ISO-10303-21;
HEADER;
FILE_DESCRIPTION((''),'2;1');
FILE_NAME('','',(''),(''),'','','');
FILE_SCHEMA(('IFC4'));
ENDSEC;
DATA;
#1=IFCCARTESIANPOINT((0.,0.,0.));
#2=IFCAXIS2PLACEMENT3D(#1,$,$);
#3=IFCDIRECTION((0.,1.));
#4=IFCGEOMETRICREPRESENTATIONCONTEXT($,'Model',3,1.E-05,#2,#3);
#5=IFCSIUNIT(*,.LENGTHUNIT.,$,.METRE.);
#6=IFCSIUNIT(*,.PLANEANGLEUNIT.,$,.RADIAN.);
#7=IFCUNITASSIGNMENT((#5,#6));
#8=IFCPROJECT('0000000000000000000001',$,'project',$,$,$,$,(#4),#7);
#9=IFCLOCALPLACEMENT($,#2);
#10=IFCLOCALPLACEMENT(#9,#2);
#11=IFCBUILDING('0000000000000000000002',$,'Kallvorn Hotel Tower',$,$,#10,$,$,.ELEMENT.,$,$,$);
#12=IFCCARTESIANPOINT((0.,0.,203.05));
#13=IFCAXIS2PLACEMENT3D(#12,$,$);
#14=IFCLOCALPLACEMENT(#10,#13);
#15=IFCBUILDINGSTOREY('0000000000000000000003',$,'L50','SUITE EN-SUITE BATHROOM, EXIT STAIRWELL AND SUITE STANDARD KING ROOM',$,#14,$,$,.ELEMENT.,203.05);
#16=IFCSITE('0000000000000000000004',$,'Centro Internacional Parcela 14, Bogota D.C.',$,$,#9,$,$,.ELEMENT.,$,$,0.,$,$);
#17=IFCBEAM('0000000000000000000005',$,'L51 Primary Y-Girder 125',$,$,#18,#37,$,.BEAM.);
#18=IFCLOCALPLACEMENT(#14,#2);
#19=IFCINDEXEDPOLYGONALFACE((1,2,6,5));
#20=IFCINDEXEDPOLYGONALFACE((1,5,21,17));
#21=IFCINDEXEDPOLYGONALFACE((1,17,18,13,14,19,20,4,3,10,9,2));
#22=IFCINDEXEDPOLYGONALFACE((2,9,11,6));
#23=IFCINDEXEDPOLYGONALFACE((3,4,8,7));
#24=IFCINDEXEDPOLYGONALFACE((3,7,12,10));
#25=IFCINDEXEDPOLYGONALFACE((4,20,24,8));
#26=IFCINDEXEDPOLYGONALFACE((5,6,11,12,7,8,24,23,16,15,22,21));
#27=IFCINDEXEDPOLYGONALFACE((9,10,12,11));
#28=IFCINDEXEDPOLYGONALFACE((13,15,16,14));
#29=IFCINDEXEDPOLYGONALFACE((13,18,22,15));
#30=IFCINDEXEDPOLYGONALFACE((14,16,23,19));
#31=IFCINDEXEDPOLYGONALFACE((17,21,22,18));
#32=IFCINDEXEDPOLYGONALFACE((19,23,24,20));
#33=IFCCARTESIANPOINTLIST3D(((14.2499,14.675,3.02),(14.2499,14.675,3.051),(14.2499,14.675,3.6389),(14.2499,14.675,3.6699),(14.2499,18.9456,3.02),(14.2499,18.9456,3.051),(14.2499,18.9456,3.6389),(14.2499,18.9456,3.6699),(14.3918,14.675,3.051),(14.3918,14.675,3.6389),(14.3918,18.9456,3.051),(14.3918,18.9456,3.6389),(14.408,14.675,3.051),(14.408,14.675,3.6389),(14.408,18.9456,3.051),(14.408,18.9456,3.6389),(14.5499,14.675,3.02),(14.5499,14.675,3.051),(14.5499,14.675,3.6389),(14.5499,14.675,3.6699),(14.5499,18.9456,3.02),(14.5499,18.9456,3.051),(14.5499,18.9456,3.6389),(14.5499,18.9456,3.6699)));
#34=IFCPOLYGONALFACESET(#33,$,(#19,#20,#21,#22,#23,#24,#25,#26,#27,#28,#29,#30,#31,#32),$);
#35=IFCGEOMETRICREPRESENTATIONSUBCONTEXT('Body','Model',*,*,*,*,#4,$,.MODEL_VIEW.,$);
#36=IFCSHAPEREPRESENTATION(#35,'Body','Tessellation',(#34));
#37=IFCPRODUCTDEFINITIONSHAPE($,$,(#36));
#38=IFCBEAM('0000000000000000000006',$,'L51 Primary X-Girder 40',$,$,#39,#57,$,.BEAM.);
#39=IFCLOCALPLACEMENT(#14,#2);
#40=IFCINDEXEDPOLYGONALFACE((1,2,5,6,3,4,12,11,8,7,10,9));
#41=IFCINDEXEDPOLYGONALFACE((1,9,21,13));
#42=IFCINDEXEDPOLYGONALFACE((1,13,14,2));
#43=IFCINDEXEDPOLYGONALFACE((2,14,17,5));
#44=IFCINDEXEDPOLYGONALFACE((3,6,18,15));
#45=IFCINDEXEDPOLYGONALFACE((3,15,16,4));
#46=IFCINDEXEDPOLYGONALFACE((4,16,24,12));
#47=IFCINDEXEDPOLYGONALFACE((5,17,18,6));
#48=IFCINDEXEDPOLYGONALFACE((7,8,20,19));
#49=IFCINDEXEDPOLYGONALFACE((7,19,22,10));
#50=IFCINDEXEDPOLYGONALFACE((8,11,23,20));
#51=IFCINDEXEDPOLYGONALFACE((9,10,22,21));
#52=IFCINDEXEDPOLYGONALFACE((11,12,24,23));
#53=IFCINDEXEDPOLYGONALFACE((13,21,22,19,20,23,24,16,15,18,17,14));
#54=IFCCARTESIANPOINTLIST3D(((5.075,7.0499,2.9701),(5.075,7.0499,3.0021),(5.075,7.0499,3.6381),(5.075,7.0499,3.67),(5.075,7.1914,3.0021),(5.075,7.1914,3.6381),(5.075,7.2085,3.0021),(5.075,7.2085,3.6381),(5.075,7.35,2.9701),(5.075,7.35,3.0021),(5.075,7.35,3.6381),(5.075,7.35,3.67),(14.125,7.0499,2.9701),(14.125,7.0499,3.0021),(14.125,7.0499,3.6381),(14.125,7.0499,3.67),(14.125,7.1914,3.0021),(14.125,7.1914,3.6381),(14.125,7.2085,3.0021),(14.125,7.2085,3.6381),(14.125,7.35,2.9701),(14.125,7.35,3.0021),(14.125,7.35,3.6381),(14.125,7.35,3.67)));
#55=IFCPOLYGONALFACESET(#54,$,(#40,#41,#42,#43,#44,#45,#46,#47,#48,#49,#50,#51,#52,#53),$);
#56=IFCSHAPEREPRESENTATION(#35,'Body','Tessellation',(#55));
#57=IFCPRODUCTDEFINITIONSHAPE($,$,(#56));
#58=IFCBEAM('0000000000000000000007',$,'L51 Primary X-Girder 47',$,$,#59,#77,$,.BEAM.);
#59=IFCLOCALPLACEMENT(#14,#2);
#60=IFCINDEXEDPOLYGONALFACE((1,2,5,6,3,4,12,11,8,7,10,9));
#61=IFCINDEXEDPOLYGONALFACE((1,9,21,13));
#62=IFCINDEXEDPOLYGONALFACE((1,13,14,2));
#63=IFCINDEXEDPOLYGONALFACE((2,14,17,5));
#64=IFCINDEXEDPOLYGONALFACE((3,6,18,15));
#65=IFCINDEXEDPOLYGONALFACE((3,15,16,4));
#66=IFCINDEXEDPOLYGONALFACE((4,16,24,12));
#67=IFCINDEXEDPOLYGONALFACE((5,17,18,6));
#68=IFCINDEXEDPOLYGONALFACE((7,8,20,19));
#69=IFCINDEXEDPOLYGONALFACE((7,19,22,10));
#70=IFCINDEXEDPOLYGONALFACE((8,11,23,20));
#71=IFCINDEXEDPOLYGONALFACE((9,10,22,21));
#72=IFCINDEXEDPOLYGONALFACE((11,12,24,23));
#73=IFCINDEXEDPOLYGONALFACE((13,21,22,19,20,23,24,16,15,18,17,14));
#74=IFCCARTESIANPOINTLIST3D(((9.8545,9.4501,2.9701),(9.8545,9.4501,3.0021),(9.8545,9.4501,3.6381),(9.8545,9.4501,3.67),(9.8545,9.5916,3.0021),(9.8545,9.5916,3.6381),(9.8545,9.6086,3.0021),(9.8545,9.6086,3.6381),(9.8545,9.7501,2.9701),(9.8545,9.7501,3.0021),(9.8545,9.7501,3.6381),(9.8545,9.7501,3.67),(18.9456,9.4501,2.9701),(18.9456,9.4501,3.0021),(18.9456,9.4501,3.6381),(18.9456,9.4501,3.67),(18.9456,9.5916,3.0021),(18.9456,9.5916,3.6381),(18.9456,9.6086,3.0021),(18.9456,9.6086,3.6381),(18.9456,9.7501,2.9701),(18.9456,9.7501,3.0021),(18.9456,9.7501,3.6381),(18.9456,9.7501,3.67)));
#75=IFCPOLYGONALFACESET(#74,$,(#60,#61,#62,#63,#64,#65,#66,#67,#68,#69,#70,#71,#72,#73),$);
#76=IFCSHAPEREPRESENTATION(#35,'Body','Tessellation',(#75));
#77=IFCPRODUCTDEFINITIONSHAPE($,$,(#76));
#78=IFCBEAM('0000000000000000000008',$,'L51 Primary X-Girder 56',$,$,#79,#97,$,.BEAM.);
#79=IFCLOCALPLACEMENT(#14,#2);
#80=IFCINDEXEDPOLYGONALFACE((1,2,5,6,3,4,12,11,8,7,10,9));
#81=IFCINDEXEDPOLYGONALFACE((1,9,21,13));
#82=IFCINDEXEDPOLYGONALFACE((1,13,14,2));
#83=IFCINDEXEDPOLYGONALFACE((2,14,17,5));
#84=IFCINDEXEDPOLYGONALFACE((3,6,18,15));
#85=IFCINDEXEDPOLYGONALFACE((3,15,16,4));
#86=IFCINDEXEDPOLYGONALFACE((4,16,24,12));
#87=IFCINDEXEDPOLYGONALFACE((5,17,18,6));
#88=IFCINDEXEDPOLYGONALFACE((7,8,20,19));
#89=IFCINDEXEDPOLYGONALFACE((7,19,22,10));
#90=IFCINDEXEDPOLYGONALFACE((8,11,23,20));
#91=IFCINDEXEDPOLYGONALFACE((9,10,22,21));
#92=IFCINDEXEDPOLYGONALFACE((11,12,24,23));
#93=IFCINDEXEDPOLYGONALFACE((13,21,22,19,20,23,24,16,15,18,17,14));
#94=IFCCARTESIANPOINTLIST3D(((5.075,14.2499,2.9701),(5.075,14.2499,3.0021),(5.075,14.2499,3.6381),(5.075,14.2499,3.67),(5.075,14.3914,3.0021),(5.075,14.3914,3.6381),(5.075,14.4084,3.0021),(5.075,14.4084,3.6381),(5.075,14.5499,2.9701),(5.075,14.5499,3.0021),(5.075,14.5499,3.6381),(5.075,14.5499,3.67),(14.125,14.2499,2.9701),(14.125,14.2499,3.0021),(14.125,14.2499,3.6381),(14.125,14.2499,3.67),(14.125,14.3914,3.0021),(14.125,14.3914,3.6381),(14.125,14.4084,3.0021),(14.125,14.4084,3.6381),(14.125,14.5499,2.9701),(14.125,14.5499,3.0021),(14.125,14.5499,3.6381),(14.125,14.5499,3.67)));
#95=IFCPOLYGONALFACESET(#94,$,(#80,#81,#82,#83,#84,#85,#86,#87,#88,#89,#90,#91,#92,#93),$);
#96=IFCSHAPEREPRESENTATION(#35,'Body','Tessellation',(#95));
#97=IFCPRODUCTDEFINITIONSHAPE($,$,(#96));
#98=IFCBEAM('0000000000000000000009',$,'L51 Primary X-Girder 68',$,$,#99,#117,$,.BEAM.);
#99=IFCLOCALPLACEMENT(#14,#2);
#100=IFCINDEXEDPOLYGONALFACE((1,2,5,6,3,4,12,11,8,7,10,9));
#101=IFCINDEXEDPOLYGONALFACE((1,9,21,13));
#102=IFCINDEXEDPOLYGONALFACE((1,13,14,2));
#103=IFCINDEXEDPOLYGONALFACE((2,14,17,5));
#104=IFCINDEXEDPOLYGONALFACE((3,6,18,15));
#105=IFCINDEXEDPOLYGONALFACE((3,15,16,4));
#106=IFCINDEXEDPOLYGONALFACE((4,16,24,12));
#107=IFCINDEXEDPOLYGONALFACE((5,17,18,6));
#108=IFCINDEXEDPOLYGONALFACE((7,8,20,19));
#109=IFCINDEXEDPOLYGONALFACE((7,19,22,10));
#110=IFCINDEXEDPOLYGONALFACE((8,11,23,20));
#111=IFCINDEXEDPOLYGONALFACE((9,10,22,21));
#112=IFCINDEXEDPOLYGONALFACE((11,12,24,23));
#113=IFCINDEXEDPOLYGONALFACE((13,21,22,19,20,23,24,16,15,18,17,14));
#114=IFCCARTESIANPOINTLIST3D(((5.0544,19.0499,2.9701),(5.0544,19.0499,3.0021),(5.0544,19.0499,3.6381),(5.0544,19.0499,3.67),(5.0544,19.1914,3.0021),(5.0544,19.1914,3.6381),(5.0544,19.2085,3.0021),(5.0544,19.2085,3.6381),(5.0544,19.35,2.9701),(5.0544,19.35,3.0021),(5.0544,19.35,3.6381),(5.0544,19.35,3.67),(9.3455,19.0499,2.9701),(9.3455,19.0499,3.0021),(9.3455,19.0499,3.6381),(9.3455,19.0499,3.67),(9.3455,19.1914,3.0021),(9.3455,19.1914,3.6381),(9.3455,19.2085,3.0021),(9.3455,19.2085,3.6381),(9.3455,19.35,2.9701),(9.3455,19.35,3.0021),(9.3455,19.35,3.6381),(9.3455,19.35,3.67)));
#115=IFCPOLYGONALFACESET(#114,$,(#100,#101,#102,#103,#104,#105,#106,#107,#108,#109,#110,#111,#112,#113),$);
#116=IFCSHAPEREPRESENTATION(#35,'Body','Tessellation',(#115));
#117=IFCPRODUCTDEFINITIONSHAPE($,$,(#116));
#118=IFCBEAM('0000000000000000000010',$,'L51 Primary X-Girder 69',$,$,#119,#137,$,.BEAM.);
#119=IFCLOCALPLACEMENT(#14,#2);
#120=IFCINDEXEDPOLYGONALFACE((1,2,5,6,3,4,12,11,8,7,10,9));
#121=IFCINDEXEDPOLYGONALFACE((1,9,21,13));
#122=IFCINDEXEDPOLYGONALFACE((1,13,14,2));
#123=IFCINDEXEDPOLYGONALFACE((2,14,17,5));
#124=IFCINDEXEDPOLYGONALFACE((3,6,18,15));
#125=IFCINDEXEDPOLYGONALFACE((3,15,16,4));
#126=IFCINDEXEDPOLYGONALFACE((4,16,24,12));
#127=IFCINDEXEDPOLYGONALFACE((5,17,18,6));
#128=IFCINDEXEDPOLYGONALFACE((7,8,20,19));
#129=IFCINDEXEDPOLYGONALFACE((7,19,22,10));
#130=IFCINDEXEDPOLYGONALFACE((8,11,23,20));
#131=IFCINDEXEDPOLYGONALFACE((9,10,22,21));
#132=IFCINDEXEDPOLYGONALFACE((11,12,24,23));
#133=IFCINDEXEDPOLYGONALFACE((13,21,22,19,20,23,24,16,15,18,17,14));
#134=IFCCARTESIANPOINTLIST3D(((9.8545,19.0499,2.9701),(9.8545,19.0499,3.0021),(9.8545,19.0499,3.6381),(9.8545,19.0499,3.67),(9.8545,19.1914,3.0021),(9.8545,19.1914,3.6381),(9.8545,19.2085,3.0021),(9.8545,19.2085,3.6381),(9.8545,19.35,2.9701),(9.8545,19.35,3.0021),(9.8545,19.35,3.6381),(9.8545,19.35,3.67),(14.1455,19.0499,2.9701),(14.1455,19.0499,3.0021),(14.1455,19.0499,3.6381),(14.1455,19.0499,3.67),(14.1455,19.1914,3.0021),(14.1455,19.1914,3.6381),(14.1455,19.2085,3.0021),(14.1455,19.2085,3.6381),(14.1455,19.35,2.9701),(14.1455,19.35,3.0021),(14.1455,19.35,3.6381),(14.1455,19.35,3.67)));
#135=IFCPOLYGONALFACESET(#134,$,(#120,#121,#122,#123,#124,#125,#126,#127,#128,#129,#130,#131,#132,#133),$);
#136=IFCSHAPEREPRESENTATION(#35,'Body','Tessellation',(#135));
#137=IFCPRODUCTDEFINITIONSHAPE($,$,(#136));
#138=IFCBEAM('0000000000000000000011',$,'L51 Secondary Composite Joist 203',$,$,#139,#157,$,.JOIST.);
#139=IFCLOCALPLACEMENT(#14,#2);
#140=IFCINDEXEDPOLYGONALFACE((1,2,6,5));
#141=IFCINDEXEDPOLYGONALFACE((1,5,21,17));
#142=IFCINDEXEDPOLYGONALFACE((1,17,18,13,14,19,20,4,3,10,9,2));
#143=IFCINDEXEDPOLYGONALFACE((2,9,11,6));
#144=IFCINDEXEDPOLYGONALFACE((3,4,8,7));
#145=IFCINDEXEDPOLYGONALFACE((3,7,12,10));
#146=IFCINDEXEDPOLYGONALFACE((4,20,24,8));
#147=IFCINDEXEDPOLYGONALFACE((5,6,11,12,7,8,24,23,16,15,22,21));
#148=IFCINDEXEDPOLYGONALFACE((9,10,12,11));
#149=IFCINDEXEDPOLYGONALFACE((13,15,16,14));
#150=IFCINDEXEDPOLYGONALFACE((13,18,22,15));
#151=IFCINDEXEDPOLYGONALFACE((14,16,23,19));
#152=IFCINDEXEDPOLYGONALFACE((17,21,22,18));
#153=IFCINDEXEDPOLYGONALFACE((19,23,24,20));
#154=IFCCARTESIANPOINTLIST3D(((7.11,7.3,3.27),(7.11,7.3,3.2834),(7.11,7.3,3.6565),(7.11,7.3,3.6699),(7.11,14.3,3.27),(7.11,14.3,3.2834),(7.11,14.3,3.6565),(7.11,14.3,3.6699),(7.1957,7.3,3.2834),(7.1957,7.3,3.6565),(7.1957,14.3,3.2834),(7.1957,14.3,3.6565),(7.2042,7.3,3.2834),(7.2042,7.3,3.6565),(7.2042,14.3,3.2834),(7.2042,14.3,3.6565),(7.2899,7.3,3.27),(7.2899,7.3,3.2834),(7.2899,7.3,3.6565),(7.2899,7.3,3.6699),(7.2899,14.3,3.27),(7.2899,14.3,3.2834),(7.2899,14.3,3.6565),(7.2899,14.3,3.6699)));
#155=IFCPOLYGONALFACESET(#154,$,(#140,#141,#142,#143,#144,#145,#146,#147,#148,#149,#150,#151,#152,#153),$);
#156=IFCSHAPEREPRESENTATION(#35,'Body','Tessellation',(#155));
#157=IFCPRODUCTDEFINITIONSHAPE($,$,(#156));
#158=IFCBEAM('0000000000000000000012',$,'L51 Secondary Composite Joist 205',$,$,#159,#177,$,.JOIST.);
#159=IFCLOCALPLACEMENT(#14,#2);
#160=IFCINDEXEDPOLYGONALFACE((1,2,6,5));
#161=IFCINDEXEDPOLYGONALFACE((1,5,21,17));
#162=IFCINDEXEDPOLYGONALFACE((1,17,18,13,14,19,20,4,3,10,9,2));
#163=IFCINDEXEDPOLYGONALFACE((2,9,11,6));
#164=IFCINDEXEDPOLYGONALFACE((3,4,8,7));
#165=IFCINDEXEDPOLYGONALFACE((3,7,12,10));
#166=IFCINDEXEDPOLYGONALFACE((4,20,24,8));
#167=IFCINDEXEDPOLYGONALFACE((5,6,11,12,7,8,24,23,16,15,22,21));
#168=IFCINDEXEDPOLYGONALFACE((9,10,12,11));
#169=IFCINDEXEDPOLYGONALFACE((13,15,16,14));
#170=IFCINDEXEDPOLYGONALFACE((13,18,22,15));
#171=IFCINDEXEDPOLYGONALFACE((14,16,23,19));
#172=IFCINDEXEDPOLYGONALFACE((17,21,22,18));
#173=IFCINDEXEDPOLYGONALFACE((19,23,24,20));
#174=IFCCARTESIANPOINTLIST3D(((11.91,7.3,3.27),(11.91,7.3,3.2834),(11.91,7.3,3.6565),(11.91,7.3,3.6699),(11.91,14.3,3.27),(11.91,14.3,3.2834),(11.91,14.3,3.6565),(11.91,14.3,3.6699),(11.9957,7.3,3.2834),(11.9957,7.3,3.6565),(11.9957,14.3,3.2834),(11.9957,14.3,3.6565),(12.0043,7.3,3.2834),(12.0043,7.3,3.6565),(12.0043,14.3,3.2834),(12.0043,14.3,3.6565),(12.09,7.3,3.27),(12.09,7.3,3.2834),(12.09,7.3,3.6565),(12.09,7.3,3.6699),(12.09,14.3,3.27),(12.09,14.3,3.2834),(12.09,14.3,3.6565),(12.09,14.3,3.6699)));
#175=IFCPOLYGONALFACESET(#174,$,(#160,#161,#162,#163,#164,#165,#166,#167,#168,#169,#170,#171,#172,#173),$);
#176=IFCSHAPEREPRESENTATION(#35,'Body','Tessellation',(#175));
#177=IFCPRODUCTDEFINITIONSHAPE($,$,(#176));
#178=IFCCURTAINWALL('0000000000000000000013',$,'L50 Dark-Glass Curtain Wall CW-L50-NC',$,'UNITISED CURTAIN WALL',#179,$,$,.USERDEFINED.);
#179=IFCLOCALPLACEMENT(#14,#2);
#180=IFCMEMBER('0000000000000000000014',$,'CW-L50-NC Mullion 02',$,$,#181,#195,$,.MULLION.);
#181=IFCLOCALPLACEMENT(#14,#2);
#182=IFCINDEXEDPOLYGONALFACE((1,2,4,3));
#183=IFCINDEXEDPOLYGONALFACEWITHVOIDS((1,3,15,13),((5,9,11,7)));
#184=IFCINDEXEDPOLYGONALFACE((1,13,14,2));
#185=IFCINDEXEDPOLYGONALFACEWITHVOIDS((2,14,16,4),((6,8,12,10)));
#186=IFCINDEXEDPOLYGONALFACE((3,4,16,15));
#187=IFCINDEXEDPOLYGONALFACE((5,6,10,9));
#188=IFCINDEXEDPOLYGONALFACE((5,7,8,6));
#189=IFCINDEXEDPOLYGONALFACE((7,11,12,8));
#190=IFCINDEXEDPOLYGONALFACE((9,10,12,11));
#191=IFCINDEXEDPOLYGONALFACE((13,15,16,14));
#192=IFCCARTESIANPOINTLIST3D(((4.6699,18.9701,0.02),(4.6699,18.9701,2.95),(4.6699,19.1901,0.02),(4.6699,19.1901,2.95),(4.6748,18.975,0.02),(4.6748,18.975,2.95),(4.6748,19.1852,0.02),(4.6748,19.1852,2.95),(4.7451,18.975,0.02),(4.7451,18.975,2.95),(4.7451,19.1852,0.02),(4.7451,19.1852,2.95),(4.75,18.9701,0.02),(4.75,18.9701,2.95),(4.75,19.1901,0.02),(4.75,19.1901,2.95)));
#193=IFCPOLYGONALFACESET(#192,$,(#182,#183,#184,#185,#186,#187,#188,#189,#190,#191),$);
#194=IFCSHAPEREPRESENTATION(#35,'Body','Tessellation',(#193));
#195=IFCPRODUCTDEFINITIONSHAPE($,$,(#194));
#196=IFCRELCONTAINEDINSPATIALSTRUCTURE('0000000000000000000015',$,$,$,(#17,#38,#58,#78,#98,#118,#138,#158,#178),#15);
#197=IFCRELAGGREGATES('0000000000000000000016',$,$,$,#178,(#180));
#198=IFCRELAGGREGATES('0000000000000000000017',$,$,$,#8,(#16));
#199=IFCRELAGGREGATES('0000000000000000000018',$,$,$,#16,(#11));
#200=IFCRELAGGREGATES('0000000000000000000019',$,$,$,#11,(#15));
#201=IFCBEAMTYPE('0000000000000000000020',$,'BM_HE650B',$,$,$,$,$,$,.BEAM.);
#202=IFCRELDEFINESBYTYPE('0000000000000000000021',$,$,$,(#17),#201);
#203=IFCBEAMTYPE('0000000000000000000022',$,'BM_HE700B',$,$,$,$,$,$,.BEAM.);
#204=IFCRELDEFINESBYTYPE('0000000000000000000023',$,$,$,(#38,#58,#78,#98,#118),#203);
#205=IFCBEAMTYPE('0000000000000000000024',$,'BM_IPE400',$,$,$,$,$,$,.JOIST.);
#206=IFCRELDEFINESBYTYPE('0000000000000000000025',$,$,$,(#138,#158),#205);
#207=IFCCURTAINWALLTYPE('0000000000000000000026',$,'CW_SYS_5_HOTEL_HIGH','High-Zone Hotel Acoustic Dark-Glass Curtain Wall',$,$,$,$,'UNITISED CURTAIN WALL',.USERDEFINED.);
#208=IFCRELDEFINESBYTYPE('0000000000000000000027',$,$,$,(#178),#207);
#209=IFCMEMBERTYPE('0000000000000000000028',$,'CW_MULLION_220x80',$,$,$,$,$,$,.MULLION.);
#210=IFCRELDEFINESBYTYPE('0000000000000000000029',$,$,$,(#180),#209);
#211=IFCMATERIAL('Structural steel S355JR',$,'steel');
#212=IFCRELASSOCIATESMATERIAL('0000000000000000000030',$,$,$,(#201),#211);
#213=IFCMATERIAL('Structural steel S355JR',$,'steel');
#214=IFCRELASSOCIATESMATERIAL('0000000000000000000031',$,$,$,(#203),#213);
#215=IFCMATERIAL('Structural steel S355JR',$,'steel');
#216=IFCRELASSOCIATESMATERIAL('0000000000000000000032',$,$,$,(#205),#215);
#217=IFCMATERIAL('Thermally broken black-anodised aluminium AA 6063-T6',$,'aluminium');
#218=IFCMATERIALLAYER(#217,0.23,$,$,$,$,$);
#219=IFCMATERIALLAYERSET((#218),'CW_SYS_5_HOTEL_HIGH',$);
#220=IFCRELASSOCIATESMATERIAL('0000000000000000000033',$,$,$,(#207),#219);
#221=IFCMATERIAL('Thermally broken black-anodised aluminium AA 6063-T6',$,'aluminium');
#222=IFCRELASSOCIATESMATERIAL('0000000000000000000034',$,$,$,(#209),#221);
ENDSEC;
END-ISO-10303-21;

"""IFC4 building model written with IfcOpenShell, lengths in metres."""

from ifc_helpers import new_model, si_unit, direction, frame, origin, origin_2d, place, context, subcontext, project, spatial, hollow_rectangle, i_section, extrude, material, layer, layer_set, material_profile, profile_set, type_object, element, aggregate, save


model = new_model("IFC4")

# Units and contexts
model_context = context("Model", 3, precision=1e-05, world=origin(), true_north=direction((0.0, 1.0)))
body_context = subcontext(model_context, "Body", "Model", "MODEL_VIEW")
ifc_project = project(units=[si_unit("LENGTHUNIT", "METRE"), si_unit("PLANEANGLEUNIT", "RADIAN")], contexts=[model_context])

# Site, building, storey
site_placement = place(None, origin())
site = spatial("IfcSite", under=ifc_project, at=site_placement, Name="Centro Internacional Parcela 14, Bogota D.C.", CompositionType="ELEMENT", RefElevation=0.0)
building_placement = place(site_placement, origin())
building = spatial("IfcBuilding", under=site, at=building_placement, Name="Kallvorn Hotel Tower", CompositionType="ELEMENT")
storey_placement = place(building_placement, frame((0.0, 0.0, 203.05)))
storey = spatial("IfcBuildingStorey", under=building, at=storey_placement, Name="L50", Description="SUITE EN-SUITE BATHROOM, EXIT STAIRWELL AND SUITE STANDARD KING ROOM", CompositionType="ELEMENT", Elevation=203.05)

# Beams
ifc_material_1 = material(Name="Structural steel S355JR", Category="steel")
ifc_material_profile_1 = material_profile(ifc_material_1, i_section(OverallWidth=0.3, OverallDepth=0.6499, WebThickness=0.0161, FlangeThickness=0.031, at=origin_2d()), Name="HE 650 B")
ifc_profile_set_1 = profile_set([ifc_material_profile_1], Name="Structural steel S355JR")
beam_type_1 = type_object("IfcBeamType", Name="BM_HE650B", PredefinedType="BEAM", material=ifc_profile_set_1)
beam_1_placement = place(storey_placement, frame((14.3999, 14.675, 3.345), z_axis=(0.0, 1.0, 0.0), x_axis=(-1.0, 0.0, 0.0)))
element("IfcBeam", 1, at=beam_1_placement, inside=storey, type_object=beam_type_1, Name="L51 Primary Y-Girder 125", PredefinedType="BEAM", context=body_context, shape_type="SweptSolid", body=[
    extrude(i_section(OverallWidth=0.3, OverallDepth=0.6499, WebThickness=0.0161, FlangeThickness=0.031, at=origin_2d()), origin(), (0.0, 0.0, 1.0), 4.2705),
])
ifc_material_2 = material(Name="Structural steel S355JR", Category="steel")
ifc_material_profile_2 = material_profile(ifc_material_2, i_section(OverallWidth=0.3, OverallDepth=0.7, WebThickness=0.0171, FlangeThickness=0.032, at=origin_2d()), Name="HE 700 B")
ifc_profile_set_2 = profile_set([ifc_material_profile_2], Name="Structural steel S355JR")
beam_type_2 = type_object("IfcBeamType", Name="BM_HE700B", PredefinedType="BEAM", material=ifc_profile_set_2)
beam_2_placement = place(storey_placement, frame((5.075, 7.2, 3.3201), z_axis=(1.0, 0.0, 0.0), x_axis=(0.0, 1.0, 0.0)))
element("IfcBeam", 2, at=beam_2_placement, inside=storey, type_object=beam_type_2, Name="L51 Primary X-Girder 40", PredefinedType="BEAM", context=body_context, shape_type="SweptSolid", body=[
    extrude(i_section(OverallWidth=0.3, OverallDepth=0.7, WebThickness=0.0171, FlangeThickness=0.032, at=origin_2d()), origin(), (0.0, 0.0, 1.0), 9.05),
])
beam_3_placement = place(storey_placement, frame((9.8545, 9.6001, 3.3201), z_axis=(1.0, 0.0, 0.0), x_axis=(0.0, 1.0, 0.0)))
element("IfcBeam", 3, at=beam_3_placement, inside=storey, type_object=beam_type_2, Name="L51 Primary X-Girder 47", PredefinedType="BEAM", context=body_context, shape_type="SweptSolid", body=[
    extrude(i_section(OverallWidth=0.3, OverallDepth=0.7, WebThickness=0.0171, FlangeThickness=0.032, at=origin_2d()), origin(), (0.0, 0.0, 1.0), 9.0911),
])
beam_4_placement = place(storey_placement, frame((5.075, 14.3999, 3.3201), z_axis=(1.0, 0.0, 0.0), x_axis=(0.0, 1.0, 0.0)))
element("IfcBeam", 4, at=beam_4_placement, inside=storey, type_object=beam_type_2, Name="L51 Primary X-Girder 56", PredefinedType="BEAM", context=body_context, shape_type="SweptSolid", body=[
    extrude(i_section(OverallWidth=0.3, OverallDepth=0.7, WebThickness=0.0171, FlangeThickness=0.032, at=origin_2d()), origin(), (0.0, 0.0, 1.0), 9.05),
])
for number, where, z_axis, x_axis, name in (
    (5, (5.0544, 19.2, 3.3201), (1.0, 0.0, 0.0), (0.0, 1.0, 0.0), "L51 Primary X-Girder 68"),
    (6, (9.8545, 19.2, 3.3201), (1.0, 0.0, 0.0), (0.0, 1.0, 0.0), "L51 Primary X-Girder 69"),
):
    element("IfcBeam", number, at=place(storey_placement, frame(where, z_axis=z_axis, x_axis=x_axis)), inside=storey, type_object=beam_type_2, Name=name, PredefinedType="BEAM", context=body_context, shape_type="SweptSolid", body=[
        extrude(i_section(OverallWidth=0.3, OverallDepth=0.7, WebThickness=0.0171, FlangeThickness=0.032, at=origin_2d()), origin(), (0.0, 0.0, 1.0), 4.291),
    ])
ifc_material_3 = material(Name="Structural steel S355JR", Category="steel")
ifc_material_profile_3 = material_profile(ifc_material_3, i_section(OverallWidth=0.1799, OverallDepth=0.3999, WebThickness=0.0085, FlangeThickness=0.0134, at=origin_2d()), Name="IPE 400")
ifc_profile_set_3 = profile_set([ifc_material_profile_3], Name="Structural steel S355JR")
beam_type_3 = type_object("IfcBeamType", Name="BM_IPE400", PredefinedType="JOIST", material=ifc_profile_set_3)
for number, where, z_axis, x_axis, name in (
    (7, (7.2, 7.3, 3.47), (0.0, 1.0, 0.0), (-1.0, 0.0, 0.0), "L51 Secondary Composite Joist 203"),
    (8, (12.0, 7.3, 3.47), (0.0, 1.0, 0.0), (-1.0, 0.0, 0.0), "L51 Secondary Composite Joist 205"),
):
    element("IfcBeam", number, at=place(storey_placement, frame(where, z_axis=z_axis, x_axis=x_axis)), inside=storey, type_object=beam_type_3, Name=name, PredefinedType="JOIST", context=body_context, shape_type="SweptSolid", body=[
        extrude(i_section(OverallWidth=0.1799, OverallDepth=0.3999, WebThickness=0.0085, FlangeThickness=0.0134, at=origin_2d()), origin(), (0.0, 0.0, 1.0), 7.0),
    ])

# Curtain wall, member
ifc_material_4 = material(Name="Thermally broken black-anodised aluminium AA 6063-T6", Category="aluminium")
ifc_layer_1 = layer(ifc_material_4, 0.23)
ifc_layer_set_1 = layer_set([ifc_layer_1], Name="CW_SYS_5_HOTEL_HIGH")
curtain_wall_type = type_object("IfcCurtainWallType", Name="CW_SYS_5_HOTEL_HIGH", Description="High-Zone Hotel Acoustic Dark-Glass Curtain Wall", ElementType="UNITISED CURTAIN WALL", PredefinedType="USERDEFINED", material=ifc_layer_set_1)
curtain_wall_placement = place(storey_placement, origin())
curtain_wall = element("IfcCurtainWall", 9, at=curtain_wall_placement, inside=storey, type_object=curtain_wall_type, Name="L50 Dark-Glass Curtain Wall CW-L50-NC", ObjectType="UNITISED CURTAIN WALL", PredefinedType="USERDEFINED")
ifc_material_5 = material(Name="Thermally broken black-anodised aluminium AA 6063-T6", Category="aluminium")
ifc_material_profile_4 = material_profile(ifc_material_5, hollow_rectangle(XDim=0.0801, YDim=0.22, WallThickness=0.0049, at=origin_2d()), Name="MUL 220x80")
ifc_profile_set_4 = profile_set([ifc_material_profile_4], Name="Thermally broken black-anodised aluminium AA 6063-T6")
member_type = type_object("IfcMemberType", Name="CW_MULLION_220x80", PredefinedType="MULLION", material=ifc_profile_set_4)
member_placement = place(storey_placement, frame((4.71, 19.0801, 0.02), z_axis=(0.0, 0.0, 1.0), x_axis=(1.0, 0.0, 0.0)))
member = element("IfcMember", 10, at=member_placement, type_object=member_type, Name="CW-L50-NC Mullion 02", PredefinedType="MULLION", context=body_context, shape_type="SweptSolid", body=[
    extrude(hollow_rectangle(XDim=0.0801, YDim=0.22, WallThickness=0.0049, at=origin_2d()), origin(), (0.0, 0.0, 1.0), 2.9299),
])
aggregate(curtain_wall, [member])

save(model, "model.ifc")
